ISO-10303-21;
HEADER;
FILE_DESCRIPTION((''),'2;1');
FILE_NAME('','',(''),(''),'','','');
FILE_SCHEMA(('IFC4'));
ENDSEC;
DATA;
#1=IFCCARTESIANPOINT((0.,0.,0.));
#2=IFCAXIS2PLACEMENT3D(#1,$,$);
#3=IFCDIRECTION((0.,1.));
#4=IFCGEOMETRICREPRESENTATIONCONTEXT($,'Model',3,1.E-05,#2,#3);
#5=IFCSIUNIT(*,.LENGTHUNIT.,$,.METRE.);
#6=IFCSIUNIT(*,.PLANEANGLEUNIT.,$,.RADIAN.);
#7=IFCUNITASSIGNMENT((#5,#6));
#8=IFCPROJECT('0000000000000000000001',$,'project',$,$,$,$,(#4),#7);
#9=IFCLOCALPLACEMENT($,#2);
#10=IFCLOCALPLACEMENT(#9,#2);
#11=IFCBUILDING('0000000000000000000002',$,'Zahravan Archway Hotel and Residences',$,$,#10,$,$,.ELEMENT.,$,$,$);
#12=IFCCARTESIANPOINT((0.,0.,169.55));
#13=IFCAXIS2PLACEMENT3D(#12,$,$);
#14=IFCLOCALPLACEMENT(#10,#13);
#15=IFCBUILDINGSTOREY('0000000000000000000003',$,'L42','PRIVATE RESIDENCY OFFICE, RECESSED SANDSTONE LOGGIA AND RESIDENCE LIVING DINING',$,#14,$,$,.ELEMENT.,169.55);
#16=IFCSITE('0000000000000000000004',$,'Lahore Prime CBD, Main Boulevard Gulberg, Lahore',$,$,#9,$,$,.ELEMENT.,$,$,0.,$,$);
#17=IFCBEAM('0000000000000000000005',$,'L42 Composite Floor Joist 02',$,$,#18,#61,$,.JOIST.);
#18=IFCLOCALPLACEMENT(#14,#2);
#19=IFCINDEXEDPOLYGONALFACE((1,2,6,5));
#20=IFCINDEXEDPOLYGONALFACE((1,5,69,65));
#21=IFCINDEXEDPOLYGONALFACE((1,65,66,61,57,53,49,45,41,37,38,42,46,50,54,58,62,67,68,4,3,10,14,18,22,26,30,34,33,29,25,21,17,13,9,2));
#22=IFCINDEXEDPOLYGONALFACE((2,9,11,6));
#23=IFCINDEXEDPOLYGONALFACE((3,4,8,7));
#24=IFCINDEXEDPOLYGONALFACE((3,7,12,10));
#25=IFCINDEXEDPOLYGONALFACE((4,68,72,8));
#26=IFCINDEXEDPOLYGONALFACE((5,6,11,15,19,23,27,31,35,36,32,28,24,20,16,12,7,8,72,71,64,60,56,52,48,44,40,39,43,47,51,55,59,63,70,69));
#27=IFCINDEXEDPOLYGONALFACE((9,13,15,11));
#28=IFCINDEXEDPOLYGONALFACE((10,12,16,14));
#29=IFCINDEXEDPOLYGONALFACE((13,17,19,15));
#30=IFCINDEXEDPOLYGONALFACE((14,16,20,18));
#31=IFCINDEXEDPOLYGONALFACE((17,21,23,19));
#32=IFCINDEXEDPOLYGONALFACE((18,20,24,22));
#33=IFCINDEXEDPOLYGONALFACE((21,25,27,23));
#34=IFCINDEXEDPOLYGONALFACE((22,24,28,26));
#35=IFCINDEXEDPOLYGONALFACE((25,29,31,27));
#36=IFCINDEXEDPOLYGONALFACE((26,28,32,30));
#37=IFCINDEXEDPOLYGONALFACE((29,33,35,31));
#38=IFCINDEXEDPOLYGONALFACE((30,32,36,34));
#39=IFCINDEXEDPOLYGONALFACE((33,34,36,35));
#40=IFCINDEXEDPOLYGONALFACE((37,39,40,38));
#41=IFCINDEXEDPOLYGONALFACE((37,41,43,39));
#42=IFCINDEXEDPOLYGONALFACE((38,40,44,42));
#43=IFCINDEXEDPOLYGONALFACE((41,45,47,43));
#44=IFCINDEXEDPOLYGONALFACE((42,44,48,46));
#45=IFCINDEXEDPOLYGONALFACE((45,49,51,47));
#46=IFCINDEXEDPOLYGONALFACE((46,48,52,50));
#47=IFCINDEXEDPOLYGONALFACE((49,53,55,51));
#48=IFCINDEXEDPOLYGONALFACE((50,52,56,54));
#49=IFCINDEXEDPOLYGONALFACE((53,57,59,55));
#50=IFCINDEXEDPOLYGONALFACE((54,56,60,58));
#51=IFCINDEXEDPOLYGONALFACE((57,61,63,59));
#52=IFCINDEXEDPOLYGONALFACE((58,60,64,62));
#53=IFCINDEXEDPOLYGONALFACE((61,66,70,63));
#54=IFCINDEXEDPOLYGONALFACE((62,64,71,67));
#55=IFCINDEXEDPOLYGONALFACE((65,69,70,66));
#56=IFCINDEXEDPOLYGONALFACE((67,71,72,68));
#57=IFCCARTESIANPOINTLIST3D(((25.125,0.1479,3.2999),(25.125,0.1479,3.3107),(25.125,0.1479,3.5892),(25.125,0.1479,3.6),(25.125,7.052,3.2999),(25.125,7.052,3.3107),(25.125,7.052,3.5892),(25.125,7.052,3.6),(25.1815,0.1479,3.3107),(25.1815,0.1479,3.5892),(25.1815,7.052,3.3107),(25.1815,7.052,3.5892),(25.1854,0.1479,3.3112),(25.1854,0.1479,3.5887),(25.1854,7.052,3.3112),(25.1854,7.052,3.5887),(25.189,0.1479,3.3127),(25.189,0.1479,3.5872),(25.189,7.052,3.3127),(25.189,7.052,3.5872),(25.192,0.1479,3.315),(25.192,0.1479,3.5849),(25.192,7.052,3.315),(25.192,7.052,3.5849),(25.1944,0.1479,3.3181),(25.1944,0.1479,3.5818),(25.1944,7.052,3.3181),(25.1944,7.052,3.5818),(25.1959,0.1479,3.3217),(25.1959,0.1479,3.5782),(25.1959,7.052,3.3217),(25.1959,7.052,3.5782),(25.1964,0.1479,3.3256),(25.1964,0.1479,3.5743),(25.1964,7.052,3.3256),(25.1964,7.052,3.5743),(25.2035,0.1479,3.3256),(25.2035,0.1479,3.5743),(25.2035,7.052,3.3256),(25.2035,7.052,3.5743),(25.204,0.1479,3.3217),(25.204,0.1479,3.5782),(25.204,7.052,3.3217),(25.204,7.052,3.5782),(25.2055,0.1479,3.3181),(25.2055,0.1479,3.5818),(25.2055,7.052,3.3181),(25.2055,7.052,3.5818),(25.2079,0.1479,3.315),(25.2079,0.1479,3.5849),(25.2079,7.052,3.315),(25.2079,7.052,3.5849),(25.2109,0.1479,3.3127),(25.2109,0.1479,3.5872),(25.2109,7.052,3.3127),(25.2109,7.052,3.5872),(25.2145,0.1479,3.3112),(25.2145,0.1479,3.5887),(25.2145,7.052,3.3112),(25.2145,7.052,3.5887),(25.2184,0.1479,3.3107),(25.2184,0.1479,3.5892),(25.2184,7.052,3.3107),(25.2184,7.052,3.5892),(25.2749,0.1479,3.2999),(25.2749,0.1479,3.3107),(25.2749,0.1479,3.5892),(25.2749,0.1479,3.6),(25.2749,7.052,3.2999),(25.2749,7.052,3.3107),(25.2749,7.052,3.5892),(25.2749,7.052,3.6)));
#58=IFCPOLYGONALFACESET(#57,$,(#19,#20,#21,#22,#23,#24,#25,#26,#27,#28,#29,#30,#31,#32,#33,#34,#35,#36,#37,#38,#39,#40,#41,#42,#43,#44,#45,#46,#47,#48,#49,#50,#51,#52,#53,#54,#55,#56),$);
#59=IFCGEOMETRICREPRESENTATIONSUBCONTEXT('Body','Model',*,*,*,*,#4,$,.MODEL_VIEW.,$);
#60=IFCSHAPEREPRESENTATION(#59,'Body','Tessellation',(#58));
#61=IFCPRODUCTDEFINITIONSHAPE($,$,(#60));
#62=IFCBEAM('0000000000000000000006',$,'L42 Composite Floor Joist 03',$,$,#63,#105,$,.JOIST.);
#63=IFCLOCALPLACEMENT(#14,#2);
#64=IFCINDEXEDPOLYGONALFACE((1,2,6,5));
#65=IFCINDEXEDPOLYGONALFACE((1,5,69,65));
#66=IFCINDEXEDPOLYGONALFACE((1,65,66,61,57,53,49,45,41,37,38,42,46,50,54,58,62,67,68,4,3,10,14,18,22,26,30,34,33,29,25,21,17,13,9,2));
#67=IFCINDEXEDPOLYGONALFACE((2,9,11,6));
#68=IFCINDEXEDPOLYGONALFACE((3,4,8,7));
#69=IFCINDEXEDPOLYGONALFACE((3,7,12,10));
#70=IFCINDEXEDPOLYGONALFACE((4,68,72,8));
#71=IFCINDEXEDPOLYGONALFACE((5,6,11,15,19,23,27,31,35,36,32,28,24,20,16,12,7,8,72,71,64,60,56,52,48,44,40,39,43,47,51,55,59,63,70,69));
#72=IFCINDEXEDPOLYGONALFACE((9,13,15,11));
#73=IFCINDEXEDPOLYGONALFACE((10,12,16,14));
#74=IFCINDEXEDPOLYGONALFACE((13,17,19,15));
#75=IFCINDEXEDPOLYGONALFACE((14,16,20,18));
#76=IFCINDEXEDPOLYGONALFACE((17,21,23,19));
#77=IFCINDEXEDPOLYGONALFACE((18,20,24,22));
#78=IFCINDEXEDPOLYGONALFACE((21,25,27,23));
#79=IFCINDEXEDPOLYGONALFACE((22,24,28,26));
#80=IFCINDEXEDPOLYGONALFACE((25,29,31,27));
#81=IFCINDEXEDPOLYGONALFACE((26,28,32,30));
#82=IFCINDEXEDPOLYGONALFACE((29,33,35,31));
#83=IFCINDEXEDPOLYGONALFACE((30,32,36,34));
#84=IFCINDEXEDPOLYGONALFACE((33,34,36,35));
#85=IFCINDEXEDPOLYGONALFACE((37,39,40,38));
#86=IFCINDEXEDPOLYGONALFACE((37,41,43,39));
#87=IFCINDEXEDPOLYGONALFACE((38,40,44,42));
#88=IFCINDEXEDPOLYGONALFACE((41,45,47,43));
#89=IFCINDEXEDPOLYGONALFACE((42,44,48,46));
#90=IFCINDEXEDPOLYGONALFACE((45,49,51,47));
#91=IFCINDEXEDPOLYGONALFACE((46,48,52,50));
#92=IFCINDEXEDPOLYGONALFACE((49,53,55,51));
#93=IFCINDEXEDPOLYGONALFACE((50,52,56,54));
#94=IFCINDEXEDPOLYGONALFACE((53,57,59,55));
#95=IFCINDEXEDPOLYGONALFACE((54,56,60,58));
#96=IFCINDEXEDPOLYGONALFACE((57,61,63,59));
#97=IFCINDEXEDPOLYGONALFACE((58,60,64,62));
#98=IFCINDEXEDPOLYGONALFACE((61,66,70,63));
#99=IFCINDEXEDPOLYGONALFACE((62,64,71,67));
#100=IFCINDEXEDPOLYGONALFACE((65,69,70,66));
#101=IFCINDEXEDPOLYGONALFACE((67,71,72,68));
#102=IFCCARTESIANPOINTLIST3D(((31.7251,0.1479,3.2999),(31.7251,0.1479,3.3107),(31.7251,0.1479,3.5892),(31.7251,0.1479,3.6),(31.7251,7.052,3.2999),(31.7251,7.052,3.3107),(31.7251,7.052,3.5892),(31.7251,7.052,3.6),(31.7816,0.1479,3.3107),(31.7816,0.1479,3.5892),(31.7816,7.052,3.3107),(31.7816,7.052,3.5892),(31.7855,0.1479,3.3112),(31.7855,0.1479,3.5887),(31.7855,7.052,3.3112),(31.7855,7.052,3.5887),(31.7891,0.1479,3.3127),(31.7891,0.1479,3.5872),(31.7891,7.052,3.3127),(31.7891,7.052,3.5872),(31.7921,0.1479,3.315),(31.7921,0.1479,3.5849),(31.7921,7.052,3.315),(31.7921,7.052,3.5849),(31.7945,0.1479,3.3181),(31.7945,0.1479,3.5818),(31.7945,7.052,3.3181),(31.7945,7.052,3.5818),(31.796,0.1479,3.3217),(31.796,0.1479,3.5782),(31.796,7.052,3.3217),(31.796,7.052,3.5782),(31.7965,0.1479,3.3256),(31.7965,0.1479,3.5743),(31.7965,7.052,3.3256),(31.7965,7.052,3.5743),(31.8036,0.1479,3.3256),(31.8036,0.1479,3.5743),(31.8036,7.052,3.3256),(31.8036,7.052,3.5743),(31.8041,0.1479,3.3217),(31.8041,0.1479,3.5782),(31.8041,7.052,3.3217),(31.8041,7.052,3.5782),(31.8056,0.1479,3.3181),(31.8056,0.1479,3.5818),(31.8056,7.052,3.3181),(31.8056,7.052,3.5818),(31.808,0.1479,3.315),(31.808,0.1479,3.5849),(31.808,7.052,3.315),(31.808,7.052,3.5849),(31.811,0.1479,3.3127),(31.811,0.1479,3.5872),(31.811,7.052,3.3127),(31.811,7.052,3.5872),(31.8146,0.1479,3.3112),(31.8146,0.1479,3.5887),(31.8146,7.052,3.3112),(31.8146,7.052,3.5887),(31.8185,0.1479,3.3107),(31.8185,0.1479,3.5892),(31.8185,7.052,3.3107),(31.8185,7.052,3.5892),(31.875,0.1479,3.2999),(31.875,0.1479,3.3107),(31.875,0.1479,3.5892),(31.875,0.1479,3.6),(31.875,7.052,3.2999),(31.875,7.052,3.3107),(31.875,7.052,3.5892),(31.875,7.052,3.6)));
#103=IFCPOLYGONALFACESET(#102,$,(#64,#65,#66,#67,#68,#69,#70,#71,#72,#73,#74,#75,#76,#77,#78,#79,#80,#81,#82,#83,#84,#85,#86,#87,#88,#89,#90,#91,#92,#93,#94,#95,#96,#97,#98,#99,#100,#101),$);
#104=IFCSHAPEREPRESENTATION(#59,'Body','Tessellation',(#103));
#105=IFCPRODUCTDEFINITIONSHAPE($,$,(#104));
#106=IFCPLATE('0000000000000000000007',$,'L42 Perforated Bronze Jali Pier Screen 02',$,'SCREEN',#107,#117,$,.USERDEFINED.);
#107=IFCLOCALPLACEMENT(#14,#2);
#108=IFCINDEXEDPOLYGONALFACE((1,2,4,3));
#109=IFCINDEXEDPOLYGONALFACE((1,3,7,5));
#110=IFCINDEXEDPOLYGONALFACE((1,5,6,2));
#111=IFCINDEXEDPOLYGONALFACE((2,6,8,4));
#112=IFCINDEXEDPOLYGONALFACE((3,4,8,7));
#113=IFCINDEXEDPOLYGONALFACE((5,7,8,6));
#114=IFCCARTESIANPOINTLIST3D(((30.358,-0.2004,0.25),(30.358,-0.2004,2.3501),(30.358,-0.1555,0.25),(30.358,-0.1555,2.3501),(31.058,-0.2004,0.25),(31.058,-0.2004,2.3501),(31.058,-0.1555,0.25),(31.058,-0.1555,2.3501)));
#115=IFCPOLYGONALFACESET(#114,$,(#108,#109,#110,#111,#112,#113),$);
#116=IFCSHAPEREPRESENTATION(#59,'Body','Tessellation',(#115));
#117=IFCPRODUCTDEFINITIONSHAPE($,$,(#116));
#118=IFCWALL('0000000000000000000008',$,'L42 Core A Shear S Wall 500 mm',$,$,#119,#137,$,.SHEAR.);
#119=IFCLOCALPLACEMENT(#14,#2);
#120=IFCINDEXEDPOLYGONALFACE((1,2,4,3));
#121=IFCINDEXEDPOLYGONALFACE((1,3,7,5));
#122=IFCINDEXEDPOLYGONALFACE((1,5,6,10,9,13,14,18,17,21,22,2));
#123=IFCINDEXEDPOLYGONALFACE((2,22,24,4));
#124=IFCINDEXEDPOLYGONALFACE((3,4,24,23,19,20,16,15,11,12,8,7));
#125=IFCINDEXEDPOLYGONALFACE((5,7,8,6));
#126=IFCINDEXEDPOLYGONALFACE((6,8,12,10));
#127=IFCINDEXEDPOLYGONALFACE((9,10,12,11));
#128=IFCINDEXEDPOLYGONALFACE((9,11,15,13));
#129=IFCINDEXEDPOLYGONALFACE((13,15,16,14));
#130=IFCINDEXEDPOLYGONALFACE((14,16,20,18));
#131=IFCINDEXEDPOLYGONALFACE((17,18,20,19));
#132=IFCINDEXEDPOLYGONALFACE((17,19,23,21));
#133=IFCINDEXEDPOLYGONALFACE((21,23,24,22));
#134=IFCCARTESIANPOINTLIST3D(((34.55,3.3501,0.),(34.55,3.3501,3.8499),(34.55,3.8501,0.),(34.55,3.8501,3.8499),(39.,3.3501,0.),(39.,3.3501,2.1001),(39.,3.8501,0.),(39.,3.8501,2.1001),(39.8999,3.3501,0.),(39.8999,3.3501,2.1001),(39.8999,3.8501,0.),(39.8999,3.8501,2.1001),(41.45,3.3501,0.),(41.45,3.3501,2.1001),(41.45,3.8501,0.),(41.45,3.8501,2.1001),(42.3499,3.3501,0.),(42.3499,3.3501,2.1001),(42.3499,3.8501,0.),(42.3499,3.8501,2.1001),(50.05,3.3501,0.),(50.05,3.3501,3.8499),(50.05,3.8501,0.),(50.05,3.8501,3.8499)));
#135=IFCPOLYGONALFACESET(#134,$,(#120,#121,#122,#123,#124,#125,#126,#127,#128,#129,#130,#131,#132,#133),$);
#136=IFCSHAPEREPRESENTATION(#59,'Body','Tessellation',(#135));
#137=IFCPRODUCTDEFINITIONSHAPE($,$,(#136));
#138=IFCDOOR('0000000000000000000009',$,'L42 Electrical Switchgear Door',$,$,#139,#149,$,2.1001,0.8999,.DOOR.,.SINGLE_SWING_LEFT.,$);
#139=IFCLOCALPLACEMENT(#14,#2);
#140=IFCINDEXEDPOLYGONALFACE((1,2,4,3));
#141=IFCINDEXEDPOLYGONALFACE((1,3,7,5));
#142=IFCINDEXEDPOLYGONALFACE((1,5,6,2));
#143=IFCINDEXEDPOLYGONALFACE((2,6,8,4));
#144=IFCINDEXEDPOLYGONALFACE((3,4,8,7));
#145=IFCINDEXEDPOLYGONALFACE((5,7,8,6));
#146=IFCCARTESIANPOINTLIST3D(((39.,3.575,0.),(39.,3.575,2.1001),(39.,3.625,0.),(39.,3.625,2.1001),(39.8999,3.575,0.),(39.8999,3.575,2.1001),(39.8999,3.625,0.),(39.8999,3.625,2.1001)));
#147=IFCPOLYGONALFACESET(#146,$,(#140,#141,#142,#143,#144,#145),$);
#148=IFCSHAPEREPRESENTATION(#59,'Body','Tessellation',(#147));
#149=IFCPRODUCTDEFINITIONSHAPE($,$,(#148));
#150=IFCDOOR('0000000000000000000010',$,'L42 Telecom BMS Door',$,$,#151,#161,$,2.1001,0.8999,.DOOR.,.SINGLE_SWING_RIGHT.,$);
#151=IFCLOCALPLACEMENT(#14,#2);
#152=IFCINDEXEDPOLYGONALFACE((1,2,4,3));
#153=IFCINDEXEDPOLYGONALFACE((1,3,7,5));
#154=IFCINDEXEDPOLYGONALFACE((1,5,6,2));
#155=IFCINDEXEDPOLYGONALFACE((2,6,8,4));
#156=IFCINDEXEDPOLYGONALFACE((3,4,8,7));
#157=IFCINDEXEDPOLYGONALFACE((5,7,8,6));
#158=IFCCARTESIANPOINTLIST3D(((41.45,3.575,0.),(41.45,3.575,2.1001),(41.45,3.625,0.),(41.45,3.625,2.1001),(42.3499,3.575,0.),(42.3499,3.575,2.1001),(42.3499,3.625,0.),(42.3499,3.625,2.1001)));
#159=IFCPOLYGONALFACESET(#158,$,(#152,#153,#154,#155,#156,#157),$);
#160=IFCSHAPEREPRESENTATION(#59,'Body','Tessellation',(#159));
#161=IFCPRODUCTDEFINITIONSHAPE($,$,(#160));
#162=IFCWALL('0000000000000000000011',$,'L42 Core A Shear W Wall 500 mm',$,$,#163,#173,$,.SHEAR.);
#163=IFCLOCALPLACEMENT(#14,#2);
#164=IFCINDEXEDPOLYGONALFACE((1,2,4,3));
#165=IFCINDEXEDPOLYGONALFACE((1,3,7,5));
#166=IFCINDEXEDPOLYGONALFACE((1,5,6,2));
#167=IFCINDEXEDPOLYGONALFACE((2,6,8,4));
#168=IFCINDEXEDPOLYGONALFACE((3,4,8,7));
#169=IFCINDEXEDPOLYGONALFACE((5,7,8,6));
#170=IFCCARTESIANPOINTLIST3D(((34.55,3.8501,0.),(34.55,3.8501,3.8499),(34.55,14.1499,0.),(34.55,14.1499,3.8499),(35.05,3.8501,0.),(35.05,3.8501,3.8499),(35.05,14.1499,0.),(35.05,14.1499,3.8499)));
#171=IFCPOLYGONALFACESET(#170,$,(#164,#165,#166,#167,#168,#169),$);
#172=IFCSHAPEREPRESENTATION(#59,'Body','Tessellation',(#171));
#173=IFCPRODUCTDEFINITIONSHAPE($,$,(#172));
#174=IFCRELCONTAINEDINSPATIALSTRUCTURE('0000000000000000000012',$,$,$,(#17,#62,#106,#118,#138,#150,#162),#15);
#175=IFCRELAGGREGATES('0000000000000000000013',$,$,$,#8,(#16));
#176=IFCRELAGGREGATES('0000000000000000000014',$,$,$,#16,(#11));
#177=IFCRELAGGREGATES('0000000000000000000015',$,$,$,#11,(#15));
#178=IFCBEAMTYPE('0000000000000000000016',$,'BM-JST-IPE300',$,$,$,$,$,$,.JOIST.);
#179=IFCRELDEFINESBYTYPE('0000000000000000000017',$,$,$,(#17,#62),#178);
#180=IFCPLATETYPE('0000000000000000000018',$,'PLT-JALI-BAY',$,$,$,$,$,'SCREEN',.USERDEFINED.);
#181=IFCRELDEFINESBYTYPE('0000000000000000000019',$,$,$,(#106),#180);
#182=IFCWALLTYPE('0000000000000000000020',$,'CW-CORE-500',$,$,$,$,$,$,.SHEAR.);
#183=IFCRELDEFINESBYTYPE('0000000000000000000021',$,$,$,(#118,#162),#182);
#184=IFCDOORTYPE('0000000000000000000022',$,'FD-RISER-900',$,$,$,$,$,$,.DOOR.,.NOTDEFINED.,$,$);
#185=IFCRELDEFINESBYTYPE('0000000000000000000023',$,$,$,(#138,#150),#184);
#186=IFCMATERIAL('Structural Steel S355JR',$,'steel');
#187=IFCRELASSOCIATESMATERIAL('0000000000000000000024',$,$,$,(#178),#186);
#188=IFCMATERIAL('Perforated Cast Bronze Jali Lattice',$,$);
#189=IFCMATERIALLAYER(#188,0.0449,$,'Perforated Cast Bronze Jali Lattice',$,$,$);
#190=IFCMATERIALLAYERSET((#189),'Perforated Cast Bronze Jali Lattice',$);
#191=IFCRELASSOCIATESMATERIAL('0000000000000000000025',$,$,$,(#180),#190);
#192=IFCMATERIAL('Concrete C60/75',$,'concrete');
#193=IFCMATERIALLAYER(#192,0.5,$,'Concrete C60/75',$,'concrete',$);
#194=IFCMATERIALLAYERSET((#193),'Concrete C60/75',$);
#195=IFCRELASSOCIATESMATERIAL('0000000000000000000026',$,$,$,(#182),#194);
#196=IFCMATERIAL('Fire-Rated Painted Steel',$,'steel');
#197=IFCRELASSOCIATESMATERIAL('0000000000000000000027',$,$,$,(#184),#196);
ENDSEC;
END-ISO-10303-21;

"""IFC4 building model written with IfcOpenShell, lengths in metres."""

from ifc_helpers import new_model, si_unit, direction, frame, frame_2d, origin, origin_2d, place, context, subcontext, project, spatial, rectangle, i_section, extrude, source, transform, mapped, material, layer, layer_set, material_profile, profile_set, type_object, type_shapes, element, fill, save


model = new_model("IFC4")

# Units and contexts
model_context = context("Model", 3, precision=1e-05, world=origin(), true_north=direction((0.0, 1.0)))
body_context = subcontext(model_context, "Body", "Model", "MODEL_VIEW")
ifc_project = project(units=[si_unit("LENGTHUNIT", "METRE"), si_unit("PLANEANGLEUNIT", "RADIAN")], contexts=[model_context])

# Site, building, storey
site_placement = place(None, origin())
site = spatial("IfcSite", under=ifc_project, at=site_placement, Name="Lahore Prime CBD, Main Boulevard Gulberg, Lahore", CompositionType="ELEMENT", RefElevation=0.0)
building_placement = place(site_placement, origin())
building = spatial("IfcBuilding", under=site, at=building_placement, Name="Zahravan Archway Hotel and Residences", CompositionType="ELEMENT")
storey_placement = place(building_placement, frame((0.0, 0.0, 169.55)))
storey = spatial("IfcBuildingStorey", under=building, at=storey_placement, Name="L42", Description="PRIVATE RESIDENCY OFFICE, RECESSED SANDSTONE LOGGIA AND RESIDENCE LIVING DINING", CompositionType="ELEMENT", Elevation=169.55)

# Shared definitions
ifc_material_1 = material(Name="Concrete C60/75", Category="concrete")

# Beams
ifc_material_2 = material(Name="Structural Steel S355JR", Category="steel")
ifc_material_profile_1 = material_profile(ifc_material_2, i_section(OverallWidth=0.1499, OverallDepth=0.3, WebThickness=0.0071, FlangeThickness=0.0107, FilletRadius=0.0149, at=origin_2d()), Name="IPE 300", Category="steel")
ifc_profile_set_1 = profile_set([ifc_material_profile_1], Name="Structural Steel S355JR")
beam_type_1 = type_object("IfcBeamType", Name="BM-JST-IPE300", PredefinedType="JOIST", material=ifc_profile_set_1)
shared_shape_1 = source(origin(), body_context, "Body", "SweptSolid", [
    extrude(i_section(OverallWidth=0.1499, OverallDepth=0.3, WebThickness=0.0071, FlangeThickness=0.0107, FilletRadius=0.0149, at=origin_2d()), origin(), (0.0, 0.0, 1.0), 6.9041),
])
type_shapes(beam_type_1, [shared_shape_1])
for number, where, z_axis, x_axis, name in (
    (1, (25.2, 0.1479, 3.45), (0.0, 1.0, 0.0), (-1.0, 0.0, 0.0), "L42 Composite Floor Joist 02"),
    (2, (31.8, 0.1479, 3.45), (0.0, 1.0, 0.0), (-1.0, 0.0, 0.0), "L42 Composite Floor Joist 03"),
):
    element("IfcBeam", number, at=place(storey_placement, frame(where, z_axis=z_axis, x_axis=x_axis)), inside=storey, type_object=beam_type_1, Name=name, PredefinedType="JOIST", context=body_context, shape_type="MappedRepresentation", body=[
        mapped(shared_shape_1, transform((0.0, 0.0, 0.0), scale=1.0)),
    ])

# Plate
ifc_material_3 = material(Name="Perforated Cast Bronze Jali Lattice")
ifc_layer_1 = layer(ifc_material_3, 0.0449, Name="Perforated Cast Bronze Jali Lattice")
ifc_layer_set_1 = layer_set([ifc_layer_1], Name="Perforated Cast Bronze Jali Lattice")
plate_type = type_object("IfcPlateType", Name="PLT-JALI-BAY", ElementType="SCREEN", PredefinedType="USERDEFINED", material=ifc_layer_set_1)
shared_shape_2 = source(origin(), body_context, "Body", "SweptSolid", [
    extrude(rectangle(XDim=0.7, YDim=0.0449, at=origin_2d()), origin(), (0.0, 0.0, 1.0), 2.1001),
])
type_shapes(plate_type, [shared_shape_2])
plate_placement = place(storey_placement, frame((30.708, -0.178, 0.25), z_axis=(0.0, 0.0, 1.0), x_axis=(1.0, 0.0, 0.0)))
element("IfcPlate", 3, at=plate_placement, inside=storey, type_object=plate_type, Name="L42 Perforated Bronze Jali Pier Screen 02", ObjectType="SCREEN", PredefinedType="USERDEFINED", context=body_context, shape_type="MappedRepresentation", body=[
    mapped(shared_shape_2, transform((0.0, 0.0, 0.0), scale=1.0)),
])

# Wall, openings, doors
ifc_layer_2 = layer(ifc_material_1, 0.5, Name="Concrete C60/75", Category="concrete")
ifc_layer_set_2 = layer_set([ifc_layer_2], Name="Concrete C60/75")
wall_type_1 = type_object("IfcWallType", Name="CW-CORE-500", PredefinedType="SHEAR", material=ifc_layer_set_2)
wall_1_placement = place(storey_placement, frame((34.55, 3.6001, 0.0), z_axis=(0.0, 0.0, 1.0), x_axis=(1.0, 0.0, 0.0)))
wall_1 = element("IfcWall", 4, at=wall_1_placement, inside=storey, type_object=wall_type_1, Name="L42 Core A Shear S Wall 500 mm", PredefinedType="SHEAR", context=body_context, shape_type="SweptSolid", body=[
    extrude(rectangle(XDim=15.5, YDim=0.5, at=frame_2d((7.75, 0.0))), origin(), (0.0, 0.0, 1.0), 3.8499),
])
opening_1_placement = place(wall_1_placement, frame((4.45, 0.0, 0.0)))
opening_1 = element("IfcOpeningElement", 5, at=opening_1_placement, cuts=wall_1, PredefinedType="OPENING", context=body_context, shape_type="SweptSolid", body=[
    extrude(rectangle(XDim=0.8999, YDim=2.1001, at=frame_2d((0.45, 1.05))), frame((0.0, 0.26, 0.0), z_axis=(0.0, -1.0, 0.0), x_axis=(1.0, 0.0, 0.0)), (0.0, 0.0, 1.0), 0.52),
])
opening_2_placement = place(wall_1_placement, frame((6.8999, 0.0, 0.0)))
opening_2 = element("IfcOpeningElement", 6, at=opening_2_placement, cuts=wall_1, PredefinedType="OPENING", context=body_context, shape_type="SweptSolid", body=[
    extrude(rectangle(XDim=0.8999, YDim=2.1001, at=frame_2d((0.45, 1.05))), frame((0.0, 0.26, 0.0), z_axis=(0.0, -1.0, 0.0), x_axis=(1.0, 0.0, 0.0)), (0.0, 0.0, 1.0), 0.52),
])
ifc_material_4 = material(Name="Fire-Rated Painted Steel", Category="steel")
door_type_1 = type_object("IfcDoorType", Name="FD-RISER-900", OperationType="NOTDEFINED", PredefinedType="DOOR", material=ifc_material_4)
shared_shape_3 = source(origin(), body_context, "Body", "SweptSolid", [
    extrude(rectangle(XDim=0.8999, YDim=2.1001, at=frame_2d((0.45, 1.05))), frame((0.0, 0.0249, 0.0), z_axis=(0.0, -1.0, 0.0), x_axis=(1.0, 0.0, 0.0)), (0.0, 0.0, 1.0), 0.05),
])
type_shapes(door_type_1, [shared_shape_3])
door_1_placement = place(opening_1_placement, origin())
door_1 = element("IfcDoor", 7, at=door_1_placement, inside=storey, type_object=door_type_1, Name="L42 Electrical Switchgear Door", OperationType="SINGLE_SWING_LEFT", OverallHeight=2.1001, OverallWidth=0.8999, PredefinedType="DOOR", context=body_context, shape_type="MappedRepresentation", body=[
    mapped(shared_shape_3, transform((0.0, 0.0, 0.0), scale=1.0)),
])
fill(opening_1, door_1)
door_2_placement = place(opening_2_placement, origin())
door_2 = element("IfcDoor", 8, at=door_2_placement, inside=storey, type_object=door_type_1, Name="L42 Telecom BMS Door", OperationType="SINGLE_SWING_RIGHT", OverallHeight=2.1001, OverallWidth=0.8999, PredefinedType="DOOR", context=body_context, shape_type="MappedRepresentation", body=[
    mapped(shared_shape_3, transform((0.0, 0.0, 0.0), scale=1.0)),
])
fill(opening_2, door_2)

# Wall
wall_2_placement = place(storey_placement, frame((34.8, 3.8501, 0.0), z_axis=(0.0, 0.0, 1.0), x_axis=(0.0, 1.0, 0.0)))
element("IfcWall", 9, at=wall_2_placement, inside=storey, type_object=wall_type_1, Name="L42 Core A Shear W Wall 500 mm", PredefinedType="SHEAR", context=body_context, shape_type="SweptSolid", body=[
    extrude(rectangle(XDim=10.2998, YDim=0.5, at=frame_2d((5.1499, 0.0))), origin(), (0.0, 0.0, 1.0), 3.8499),
])

save(model, "model.ifc")
